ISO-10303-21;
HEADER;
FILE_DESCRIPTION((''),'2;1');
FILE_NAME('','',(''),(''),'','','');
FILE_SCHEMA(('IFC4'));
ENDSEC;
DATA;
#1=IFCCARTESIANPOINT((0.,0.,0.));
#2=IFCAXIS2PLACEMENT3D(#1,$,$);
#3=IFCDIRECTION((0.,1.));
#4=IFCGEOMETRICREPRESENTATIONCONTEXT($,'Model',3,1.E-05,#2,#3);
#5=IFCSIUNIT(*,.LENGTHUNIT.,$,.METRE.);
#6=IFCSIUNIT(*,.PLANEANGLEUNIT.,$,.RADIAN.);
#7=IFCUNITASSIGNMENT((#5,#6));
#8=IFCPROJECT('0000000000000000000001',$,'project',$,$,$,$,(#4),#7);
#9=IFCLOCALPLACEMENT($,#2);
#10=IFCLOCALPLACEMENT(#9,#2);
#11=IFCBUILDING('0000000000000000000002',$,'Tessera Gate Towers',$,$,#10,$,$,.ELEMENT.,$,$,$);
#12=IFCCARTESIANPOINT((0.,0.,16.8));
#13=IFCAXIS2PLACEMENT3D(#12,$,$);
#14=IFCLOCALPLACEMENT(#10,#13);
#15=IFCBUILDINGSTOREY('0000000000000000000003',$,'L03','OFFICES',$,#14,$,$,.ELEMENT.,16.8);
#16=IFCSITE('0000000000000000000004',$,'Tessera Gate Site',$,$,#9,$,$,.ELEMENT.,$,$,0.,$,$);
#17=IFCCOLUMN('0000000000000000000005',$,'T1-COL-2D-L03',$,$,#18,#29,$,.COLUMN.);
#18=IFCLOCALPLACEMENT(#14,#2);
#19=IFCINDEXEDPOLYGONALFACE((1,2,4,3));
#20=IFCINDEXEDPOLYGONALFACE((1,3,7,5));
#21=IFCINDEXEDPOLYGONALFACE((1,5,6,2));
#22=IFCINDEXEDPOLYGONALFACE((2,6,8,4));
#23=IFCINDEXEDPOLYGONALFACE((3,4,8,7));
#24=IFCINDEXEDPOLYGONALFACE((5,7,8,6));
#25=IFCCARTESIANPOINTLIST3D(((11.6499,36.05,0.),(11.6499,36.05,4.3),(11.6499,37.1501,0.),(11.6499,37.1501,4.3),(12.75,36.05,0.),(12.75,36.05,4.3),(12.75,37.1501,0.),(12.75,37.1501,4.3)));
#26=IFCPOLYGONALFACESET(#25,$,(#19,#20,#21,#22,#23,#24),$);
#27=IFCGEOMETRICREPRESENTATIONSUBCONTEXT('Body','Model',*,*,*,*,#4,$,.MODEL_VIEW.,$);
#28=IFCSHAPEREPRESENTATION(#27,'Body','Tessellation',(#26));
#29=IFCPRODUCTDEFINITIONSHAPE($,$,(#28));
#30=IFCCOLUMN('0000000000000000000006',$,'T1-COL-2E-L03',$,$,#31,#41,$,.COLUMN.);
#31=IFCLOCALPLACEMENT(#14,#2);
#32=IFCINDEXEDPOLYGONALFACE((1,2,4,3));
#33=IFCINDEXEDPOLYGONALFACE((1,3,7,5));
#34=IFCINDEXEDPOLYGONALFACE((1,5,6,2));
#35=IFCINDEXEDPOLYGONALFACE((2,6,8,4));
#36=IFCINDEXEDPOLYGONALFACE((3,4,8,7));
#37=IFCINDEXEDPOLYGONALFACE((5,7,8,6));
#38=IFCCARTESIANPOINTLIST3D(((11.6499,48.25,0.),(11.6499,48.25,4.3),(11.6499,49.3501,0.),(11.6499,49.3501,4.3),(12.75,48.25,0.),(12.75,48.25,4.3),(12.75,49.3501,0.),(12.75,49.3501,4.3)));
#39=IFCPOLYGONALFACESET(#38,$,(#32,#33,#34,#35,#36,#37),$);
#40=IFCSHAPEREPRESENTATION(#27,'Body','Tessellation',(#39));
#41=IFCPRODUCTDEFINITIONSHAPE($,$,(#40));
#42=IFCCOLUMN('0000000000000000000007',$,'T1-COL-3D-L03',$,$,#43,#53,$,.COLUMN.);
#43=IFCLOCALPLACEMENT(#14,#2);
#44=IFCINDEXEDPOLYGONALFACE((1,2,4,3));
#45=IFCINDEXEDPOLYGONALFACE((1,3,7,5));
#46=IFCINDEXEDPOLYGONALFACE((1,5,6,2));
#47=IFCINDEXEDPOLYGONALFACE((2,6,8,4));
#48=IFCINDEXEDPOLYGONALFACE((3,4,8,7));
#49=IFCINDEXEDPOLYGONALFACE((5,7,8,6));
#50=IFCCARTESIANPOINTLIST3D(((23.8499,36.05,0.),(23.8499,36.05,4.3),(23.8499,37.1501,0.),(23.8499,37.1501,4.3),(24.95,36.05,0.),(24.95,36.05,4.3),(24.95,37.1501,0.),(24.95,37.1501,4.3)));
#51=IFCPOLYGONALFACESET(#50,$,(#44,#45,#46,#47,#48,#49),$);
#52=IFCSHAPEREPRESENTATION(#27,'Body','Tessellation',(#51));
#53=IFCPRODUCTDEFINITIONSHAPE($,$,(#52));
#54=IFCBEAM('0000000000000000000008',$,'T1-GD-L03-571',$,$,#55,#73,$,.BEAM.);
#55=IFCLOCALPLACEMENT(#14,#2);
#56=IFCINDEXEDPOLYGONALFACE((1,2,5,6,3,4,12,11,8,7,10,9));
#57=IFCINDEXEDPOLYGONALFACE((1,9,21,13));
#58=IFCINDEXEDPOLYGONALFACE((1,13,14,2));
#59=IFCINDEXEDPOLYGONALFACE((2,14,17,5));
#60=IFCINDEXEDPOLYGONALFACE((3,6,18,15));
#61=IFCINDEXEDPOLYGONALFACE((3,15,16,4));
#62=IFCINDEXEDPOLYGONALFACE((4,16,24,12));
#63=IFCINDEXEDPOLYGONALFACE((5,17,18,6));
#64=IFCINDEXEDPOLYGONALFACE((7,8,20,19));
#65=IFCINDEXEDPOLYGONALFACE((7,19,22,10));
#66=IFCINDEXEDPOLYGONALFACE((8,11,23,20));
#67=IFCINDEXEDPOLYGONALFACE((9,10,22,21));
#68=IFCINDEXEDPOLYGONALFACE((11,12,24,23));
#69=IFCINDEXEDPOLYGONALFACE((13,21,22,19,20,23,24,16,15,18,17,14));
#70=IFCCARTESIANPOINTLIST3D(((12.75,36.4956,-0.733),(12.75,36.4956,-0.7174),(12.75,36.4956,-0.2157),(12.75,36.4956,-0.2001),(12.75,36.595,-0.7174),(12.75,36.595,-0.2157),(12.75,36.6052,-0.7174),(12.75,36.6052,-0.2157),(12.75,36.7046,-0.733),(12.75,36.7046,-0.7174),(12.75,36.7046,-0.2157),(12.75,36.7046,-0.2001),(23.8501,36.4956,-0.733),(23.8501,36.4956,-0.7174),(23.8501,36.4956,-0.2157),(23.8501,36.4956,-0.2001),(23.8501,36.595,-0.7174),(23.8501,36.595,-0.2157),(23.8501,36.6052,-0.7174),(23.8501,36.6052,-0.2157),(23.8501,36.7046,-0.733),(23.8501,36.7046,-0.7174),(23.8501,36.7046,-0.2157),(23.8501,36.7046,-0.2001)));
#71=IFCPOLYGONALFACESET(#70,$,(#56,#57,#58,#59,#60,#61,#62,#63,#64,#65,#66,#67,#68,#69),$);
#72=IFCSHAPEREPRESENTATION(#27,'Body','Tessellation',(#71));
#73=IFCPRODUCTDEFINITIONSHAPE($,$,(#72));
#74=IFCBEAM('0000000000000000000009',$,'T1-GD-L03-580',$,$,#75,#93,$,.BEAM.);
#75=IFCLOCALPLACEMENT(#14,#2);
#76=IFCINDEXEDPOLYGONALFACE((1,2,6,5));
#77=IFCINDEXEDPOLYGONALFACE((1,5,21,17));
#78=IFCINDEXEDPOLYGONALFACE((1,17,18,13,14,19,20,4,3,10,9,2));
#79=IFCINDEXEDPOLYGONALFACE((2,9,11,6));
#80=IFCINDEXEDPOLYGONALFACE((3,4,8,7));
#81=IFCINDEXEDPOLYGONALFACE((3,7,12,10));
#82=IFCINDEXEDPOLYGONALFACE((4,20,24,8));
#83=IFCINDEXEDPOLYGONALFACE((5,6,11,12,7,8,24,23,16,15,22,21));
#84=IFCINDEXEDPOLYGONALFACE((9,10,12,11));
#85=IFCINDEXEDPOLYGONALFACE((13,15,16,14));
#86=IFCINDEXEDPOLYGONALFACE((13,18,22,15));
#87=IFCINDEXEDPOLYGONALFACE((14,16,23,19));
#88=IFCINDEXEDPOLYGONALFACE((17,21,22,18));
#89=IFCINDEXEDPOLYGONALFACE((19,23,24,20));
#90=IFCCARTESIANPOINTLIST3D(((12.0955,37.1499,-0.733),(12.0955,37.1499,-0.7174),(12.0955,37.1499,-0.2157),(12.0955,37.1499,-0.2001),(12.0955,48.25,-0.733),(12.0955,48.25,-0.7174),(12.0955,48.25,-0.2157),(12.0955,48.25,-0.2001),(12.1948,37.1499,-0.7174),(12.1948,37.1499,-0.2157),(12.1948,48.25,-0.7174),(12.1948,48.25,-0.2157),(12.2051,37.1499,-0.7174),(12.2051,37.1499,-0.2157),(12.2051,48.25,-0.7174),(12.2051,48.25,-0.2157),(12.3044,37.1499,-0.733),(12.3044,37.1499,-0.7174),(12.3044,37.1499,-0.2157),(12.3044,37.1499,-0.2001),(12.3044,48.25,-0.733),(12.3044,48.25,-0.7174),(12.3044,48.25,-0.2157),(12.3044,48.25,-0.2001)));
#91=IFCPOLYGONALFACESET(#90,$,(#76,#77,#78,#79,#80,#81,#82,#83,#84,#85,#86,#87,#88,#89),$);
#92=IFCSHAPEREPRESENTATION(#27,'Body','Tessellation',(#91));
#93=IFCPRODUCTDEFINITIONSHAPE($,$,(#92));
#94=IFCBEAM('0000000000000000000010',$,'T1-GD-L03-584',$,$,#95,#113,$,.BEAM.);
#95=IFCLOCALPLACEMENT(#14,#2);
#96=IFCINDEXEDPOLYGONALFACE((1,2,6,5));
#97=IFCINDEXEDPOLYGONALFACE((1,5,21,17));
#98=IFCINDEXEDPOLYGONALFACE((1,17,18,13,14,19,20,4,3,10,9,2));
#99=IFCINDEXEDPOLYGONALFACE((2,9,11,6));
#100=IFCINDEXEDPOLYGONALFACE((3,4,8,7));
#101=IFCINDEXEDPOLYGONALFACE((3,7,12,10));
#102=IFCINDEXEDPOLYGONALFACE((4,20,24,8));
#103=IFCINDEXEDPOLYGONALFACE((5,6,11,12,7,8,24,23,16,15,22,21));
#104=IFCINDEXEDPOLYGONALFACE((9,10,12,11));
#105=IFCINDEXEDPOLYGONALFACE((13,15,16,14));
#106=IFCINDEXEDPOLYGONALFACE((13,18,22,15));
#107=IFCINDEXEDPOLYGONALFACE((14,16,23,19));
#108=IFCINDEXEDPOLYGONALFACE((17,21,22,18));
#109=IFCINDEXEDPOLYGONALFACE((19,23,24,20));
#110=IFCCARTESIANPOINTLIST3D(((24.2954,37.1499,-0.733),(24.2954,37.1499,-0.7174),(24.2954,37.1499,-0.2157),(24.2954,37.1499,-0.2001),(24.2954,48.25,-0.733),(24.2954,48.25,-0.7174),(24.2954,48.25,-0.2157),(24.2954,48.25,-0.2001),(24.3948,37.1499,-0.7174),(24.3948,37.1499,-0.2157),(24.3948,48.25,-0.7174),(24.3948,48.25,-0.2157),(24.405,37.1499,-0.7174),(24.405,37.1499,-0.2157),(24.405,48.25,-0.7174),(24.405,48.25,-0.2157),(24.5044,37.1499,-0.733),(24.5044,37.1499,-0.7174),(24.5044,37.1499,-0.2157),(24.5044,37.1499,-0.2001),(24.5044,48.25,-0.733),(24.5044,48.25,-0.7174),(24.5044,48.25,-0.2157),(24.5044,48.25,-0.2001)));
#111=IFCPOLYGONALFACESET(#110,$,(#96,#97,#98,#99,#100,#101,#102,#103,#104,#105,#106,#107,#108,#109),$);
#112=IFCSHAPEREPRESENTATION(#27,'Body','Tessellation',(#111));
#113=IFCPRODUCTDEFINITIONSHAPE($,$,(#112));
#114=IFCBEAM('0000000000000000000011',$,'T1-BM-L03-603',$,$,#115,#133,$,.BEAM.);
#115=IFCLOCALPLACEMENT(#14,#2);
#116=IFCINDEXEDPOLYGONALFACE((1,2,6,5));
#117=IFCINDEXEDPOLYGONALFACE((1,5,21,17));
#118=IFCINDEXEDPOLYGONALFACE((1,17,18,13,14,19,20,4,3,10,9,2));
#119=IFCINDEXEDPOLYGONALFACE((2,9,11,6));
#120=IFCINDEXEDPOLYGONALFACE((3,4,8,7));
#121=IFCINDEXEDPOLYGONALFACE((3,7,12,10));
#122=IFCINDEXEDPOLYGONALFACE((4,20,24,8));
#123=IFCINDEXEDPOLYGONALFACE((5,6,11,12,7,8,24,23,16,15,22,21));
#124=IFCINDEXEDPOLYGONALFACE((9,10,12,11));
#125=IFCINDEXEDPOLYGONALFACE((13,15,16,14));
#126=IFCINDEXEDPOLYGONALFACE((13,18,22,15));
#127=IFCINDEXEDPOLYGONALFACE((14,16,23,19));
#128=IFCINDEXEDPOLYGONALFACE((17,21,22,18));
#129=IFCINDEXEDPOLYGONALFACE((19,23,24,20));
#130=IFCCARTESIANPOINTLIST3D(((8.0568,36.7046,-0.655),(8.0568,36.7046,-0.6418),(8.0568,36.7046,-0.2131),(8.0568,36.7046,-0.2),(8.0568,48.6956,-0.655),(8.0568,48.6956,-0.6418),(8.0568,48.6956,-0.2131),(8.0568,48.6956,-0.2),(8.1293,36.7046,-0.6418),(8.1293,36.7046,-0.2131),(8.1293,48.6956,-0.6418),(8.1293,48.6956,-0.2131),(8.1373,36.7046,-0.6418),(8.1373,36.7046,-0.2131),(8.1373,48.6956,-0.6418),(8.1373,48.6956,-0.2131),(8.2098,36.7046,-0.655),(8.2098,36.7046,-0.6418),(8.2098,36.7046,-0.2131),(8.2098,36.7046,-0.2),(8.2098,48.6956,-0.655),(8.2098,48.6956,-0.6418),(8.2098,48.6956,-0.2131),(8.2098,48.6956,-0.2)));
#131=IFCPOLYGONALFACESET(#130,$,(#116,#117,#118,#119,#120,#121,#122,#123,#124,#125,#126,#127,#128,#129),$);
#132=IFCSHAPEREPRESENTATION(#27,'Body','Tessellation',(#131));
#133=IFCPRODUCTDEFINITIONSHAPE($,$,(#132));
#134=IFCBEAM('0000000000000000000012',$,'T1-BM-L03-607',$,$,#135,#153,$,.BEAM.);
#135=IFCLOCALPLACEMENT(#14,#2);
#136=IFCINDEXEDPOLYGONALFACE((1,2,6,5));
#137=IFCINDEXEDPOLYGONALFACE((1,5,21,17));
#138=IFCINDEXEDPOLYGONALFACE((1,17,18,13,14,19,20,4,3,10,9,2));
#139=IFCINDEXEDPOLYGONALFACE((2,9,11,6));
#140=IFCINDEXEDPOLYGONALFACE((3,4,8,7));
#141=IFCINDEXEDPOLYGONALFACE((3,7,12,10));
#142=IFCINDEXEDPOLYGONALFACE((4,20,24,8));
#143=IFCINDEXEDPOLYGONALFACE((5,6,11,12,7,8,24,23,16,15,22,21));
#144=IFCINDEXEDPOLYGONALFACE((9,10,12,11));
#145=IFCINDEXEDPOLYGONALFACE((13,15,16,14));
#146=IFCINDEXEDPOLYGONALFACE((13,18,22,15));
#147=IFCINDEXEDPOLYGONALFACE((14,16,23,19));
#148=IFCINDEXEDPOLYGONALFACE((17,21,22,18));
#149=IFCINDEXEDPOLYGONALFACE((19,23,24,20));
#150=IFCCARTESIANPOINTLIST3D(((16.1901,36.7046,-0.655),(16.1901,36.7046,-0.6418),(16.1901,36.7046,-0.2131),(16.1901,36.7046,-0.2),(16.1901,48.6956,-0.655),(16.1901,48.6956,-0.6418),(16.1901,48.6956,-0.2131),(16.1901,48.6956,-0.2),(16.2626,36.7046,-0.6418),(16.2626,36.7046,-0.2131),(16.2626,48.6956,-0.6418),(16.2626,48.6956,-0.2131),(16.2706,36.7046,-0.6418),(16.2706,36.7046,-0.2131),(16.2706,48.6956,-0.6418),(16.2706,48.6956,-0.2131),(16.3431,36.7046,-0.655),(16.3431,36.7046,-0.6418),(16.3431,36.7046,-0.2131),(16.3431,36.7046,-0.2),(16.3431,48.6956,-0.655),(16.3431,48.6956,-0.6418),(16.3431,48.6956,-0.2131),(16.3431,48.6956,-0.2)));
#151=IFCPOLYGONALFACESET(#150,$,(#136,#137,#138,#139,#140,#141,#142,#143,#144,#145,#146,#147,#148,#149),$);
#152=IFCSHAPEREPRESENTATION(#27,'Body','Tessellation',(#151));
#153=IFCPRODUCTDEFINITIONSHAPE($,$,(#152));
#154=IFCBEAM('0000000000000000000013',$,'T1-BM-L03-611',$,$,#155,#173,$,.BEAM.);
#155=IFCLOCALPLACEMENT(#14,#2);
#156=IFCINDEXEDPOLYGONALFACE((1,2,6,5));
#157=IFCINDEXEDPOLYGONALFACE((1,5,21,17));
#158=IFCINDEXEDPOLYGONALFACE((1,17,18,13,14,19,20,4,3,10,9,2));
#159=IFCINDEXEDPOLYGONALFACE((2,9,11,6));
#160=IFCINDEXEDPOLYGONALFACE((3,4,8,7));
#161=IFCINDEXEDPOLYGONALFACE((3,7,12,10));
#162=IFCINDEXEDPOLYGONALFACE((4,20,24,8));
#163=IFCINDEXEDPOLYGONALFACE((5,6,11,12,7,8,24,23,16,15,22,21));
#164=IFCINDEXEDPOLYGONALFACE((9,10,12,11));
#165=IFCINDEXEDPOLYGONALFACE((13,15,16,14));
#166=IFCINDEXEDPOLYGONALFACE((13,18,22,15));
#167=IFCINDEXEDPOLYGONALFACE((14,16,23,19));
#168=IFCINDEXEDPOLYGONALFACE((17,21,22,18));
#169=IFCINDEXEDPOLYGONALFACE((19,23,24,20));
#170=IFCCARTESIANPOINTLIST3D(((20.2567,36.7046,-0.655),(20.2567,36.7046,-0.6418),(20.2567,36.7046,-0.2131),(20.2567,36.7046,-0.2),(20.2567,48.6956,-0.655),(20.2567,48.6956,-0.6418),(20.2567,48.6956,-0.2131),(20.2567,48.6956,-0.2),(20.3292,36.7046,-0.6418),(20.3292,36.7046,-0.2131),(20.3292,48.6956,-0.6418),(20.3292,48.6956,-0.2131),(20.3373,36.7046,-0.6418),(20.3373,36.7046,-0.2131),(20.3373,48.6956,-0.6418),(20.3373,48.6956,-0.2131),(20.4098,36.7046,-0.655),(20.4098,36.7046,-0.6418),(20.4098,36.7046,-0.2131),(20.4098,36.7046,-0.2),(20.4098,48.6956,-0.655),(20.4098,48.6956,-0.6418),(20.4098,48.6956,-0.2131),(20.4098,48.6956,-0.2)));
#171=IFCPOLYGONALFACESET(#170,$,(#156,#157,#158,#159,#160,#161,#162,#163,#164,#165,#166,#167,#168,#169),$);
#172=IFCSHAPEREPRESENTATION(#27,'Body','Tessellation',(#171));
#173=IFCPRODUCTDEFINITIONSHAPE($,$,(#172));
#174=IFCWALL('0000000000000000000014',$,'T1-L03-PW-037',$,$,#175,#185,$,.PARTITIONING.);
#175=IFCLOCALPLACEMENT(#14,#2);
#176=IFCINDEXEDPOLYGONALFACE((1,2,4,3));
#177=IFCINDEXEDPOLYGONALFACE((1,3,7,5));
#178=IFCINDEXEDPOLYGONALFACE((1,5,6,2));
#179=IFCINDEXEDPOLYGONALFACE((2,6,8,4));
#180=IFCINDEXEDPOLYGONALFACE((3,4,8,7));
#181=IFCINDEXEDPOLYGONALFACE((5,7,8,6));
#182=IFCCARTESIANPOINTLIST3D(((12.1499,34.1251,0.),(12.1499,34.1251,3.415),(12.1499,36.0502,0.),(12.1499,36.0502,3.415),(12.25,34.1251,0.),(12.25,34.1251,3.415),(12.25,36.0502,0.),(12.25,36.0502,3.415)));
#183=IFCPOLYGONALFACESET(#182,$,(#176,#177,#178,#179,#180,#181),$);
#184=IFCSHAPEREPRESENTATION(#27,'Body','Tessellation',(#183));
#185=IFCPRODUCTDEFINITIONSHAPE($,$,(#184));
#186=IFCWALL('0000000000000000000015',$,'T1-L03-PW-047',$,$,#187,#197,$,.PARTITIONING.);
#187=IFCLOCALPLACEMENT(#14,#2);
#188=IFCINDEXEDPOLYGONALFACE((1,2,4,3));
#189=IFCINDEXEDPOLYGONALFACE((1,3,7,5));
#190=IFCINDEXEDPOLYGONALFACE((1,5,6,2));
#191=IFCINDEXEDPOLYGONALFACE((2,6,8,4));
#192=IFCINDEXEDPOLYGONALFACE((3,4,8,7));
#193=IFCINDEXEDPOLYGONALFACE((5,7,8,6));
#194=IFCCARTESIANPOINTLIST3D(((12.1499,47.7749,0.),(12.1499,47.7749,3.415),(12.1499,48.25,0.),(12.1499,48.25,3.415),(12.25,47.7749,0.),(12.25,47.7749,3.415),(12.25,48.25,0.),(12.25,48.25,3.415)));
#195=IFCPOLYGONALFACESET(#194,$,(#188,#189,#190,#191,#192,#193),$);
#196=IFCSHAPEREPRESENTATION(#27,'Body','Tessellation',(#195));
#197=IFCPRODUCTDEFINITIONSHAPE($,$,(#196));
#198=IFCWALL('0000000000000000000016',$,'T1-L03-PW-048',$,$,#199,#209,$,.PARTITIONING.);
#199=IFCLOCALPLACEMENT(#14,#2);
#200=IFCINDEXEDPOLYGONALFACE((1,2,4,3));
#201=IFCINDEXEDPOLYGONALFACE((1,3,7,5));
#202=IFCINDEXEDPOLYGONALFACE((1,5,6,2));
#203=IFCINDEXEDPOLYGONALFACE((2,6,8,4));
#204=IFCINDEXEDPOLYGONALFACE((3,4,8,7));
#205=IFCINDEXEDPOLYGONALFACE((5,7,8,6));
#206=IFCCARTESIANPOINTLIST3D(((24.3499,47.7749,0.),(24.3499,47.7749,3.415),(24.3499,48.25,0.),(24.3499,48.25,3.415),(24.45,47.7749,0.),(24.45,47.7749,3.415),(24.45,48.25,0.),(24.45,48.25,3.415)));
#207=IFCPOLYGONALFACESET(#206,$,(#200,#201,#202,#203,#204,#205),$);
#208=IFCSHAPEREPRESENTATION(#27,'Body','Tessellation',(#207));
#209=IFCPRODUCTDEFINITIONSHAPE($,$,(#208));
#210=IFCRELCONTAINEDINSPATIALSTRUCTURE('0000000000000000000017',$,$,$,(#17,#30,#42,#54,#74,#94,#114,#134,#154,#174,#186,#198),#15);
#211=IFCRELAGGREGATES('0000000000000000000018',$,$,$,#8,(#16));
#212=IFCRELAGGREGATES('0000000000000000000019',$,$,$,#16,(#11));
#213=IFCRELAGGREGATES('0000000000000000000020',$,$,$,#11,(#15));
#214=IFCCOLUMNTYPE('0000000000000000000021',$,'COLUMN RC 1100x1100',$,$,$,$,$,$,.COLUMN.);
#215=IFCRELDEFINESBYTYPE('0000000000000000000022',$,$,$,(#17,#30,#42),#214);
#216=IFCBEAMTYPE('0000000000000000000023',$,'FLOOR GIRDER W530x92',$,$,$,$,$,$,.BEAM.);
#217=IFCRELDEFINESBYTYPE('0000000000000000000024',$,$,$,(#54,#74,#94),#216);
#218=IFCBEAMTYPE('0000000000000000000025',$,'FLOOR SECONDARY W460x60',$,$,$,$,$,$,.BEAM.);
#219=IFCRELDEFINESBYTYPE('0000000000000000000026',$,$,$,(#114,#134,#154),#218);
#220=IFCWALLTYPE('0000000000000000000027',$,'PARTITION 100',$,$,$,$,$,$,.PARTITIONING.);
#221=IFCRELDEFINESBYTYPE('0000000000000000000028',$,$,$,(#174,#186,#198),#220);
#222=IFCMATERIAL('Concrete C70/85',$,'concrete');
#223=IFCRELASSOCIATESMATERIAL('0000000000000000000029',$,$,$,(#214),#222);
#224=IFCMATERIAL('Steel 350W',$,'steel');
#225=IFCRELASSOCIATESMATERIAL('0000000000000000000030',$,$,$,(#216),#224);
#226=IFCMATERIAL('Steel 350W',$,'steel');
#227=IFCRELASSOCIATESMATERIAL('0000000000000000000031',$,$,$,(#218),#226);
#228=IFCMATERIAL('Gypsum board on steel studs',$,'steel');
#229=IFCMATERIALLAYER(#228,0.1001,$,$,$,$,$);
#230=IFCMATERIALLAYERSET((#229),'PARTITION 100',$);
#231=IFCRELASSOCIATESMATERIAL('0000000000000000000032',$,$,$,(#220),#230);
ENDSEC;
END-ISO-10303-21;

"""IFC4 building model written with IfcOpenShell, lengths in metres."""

from ifc_helpers import new_model, si_unit, direction, frame, frame_2d, origin, origin_2d, place, context, subcontext, project, spatial, rectangle, i_section, extrude, material, layer, layer_set, material_profile, profile_set, type_object, element, save


model = new_model("IFC4")

# Units and contexts
model_context = context("Model", 3, precision=1e-05, world=origin(), true_north=direction((0.0, 1.0)))
body_context = subcontext(model_context, "Body", "Model", "MODEL_VIEW")
ifc_project = project(units=[si_unit("LENGTHUNIT", "METRE"), si_unit("PLANEANGLEUNIT", "RADIAN")], contexts=[model_context])

# Site, building, storey
site_placement = place(None, origin())
site = spatial("IfcSite", under=ifc_project, at=site_placement, Name="Tessera Gate Site", CompositionType="ELEMENT", RefElevation=0.0)
building_placement = place(site_placement, origin())
building = spatial("IfcBuilding", under=site, at=building_placement, Name="Tessera Gate Towers", CompositionType="ELEMENT")
storey_placement = place(building_placement, frame((0.0, 0.0, 16.8)))
storey = spatial("IfcBuildingStorey", under=building, at=storey_placement, Name="L03", Description="OFFICES", CompositionType="ELEMENT", Elevation=16.8)

# Columns
ifc_material_1 = material(Name="Concrete C70/85", Category="concrete")
ifc_material_profile_1 = material_profile(ifc_material_1, rectangle(XDim=1.1001, YDim=1.1001, at=origin_2d()), Name="RC 1100x1100")
ifc_profile_set_1 = profile_set([ifc_material_profile_1], Name="Concrete C70/85")
column_type = type_object("IfcColumnType", Name="COLUMN RC 1100x1100", PredefinedType="COLUMN", material=ifc_profile_set_1)
for number, where, z_axis, x_axis, name in (
    (1, (12.2, 36.6001, 0.0), (0.0, 0.0, 1.0), (1.0, 0.0, 0.0), "T1-COL-2D-L03"),
    (2, (12.2, 48.8, 0.0), (0.0, 0.0, 1.0), (1.0, 0.0, 0.0), "T1-COL-2E-L03"),
    (3, (24.3999, 36.6001, 0.0), (0.0, 0.0, 1.0), (1.0, 0.0, 0.0), "T1-COL-3D-L03"),
):
    element("IfcColumn", number, at=place(storey_placement, frame(where, z_axis=z_axis, x_axis=x_axis)), inside=storey, type_object=column_type, Name=name, PredefinedType="COLUMN", context=body_context, shape_type="SweptSolid", body=[
        extrude(rectangle(XDim=1.1001, YDim=1.1001, at=origin_2d()), origin(), (0.0, 0.0, 1.0), 4.3),
    ])

# Beams
ifc_material_2 = material(Name="Steel 350W", Category="steel")
ifc_material_profile_2 = material_profile(ifc_material_2, i_section(OverallWidth=0.209, OverallDepth=0.533, WebThickness=0.0103, FlangeThickness=0.0156, at=origin_2d()), Name="W530x92")
ifc_profile_set_2 = profile_set([ifc_material_profile_2], Name="Steel 350W")
beam_type_1 = type_object("IfcBeamType", Name="FLOOR GIRDER W530x92", PredefinedType="BEAM", material=ifc_profile_set_2)
for number, where, z_axis, x_axis, name in (
    (4, (12.75, 36.6001, -0.4666), (1.0, 0.0, 0.0), (0.0, 1.0, 0.0), "T1-GD-L03-571"),
    (5, (12.2, 37.1499, -0.4666), (0.0, 1.0, 0.0), (-1.0, 0.0, 0.0), "T1-GD-L03-580"),
    (6, (24.3999, 37.1499, -0.4666), (0.0, 1.0, 0.0), (-1.0, 0.0, 0.0), "T1-GD-L03-584"),
):
    element("IfcBeam", number, at=place(storey_placement, frame(where, z_axis=z_axis, x_axis=x_axis)), inside=storey, type_object=beam_type_1, Name=name, PredefinedType="BEAM", context=body_context, shape_type="SweptSolid", body=[
        extrude(i_section(OverallWidth=0.209, OverallDepth=0.533, WebThickness=0.0103, FlangeThickness=0.0156, at=origin_2d()), origin(), (0.0, 0.0, 1.0), 11.1001),
    ])
ifc_material_3 = material(Name="Steel 350W", Category="steel")
ifc_material_profile_3 = material_profile(ifc_material_3, i_section(OverallWidth=0.1531, OverallDepth=0.4551, WebThickness=0.0081, FlangeThickness=0.0132, at=origin_2d()), Name="W460x60")
ifc_profile_set_3 = profile_set([ifc_material_profile_3], Name="Steel 350W")
beam_type_2 = type_object("IfcBeamType", Name="FLOOR SECONDARY W460x60", PredefinedType="BEAM", material=ifc_profile_set_3)
for number, where, z_axis, x_axis, name in (
    (7, (8.1333, 36.7046, -0.4275), (0.0, 1.0, 0.0), (-1.0, 0.0, 0.0), "T1-BM-L03-603"),
    (8, (16.2666, 36.7046, -0.4275), (0.0, 1.0, 0.0), (-1.0, 0.0, 0.0), "T1-BM-L03-607"),
    (9, (20.3333, 36.7046, -0.4275), (0.0, 1.0, 0.0), (-1.0, 0.0, 0.0), "T1-BM-L03-611"),
):
    element("IfcBeam", number, at=place(storey_placement, frame(where, z_axis=z_axis, x_axis=x_axis)), inside=storey, type_object=beam_type_2, Name=name, PredefinedType="BEAM", context=body_context, shape_type="SweptSolid", body=[
        extrude(i_section(OverallWidth=0.1531, OverallDepth=0.4551, WebThickness=0.0081, FlangeThickness=0.0132, at=origin_2d()), origin(), (0.0, 0.0, 1.0), 11.991),
    ])

# Walls
ifc_material_4 = material(Name="Gypsum board on steel studs", Category="steel")
ifc_layer_1 = layer(ifc_material_4, 0.1001)
ifc_layer_set_1 = layer_set([ifc_layer_1], Name="PARTITION 100")
wall_type_1 = type_object("IfcWallType", Name="PARTITION 100", PredefinedType="PARTITIONING", material=ifc_layer_set_1)
wall_1_placement = place(storey_placement, frame((12.2, 36.05, 0.0), z_axis=(0.0, 0.0, 1.0), x_axis=(0.0, -1.0, 0.0)))
element("IfcWall", 10, at=wall_1_placement, inside=storey, type_object=wall_type_1, Name="T1-L03-PW-037", PredefinedType="PARTITIONING", context=body_context, shape_type="SweptSolid", body=[
    extrude(rectangle(XDim=1.925, YDim=0.1001, at=frame_2d((0.9624, 0.0))), origin(), (0.0, 0.0, 1.0), 3.415),
])
for number, where, z_axis, x_axis, name in (
    (11, (12.2, 48.25, 0.0), (0.0, 0.0, 1.0), (0.0, -1.0, 0.0), "T1-L03-PW-047"),
    (12, (24.3999, 48.25, 0.0), (0.0, 0.0, 1.0), (0.0, -1.0, 0.0), "T1-L03-PW-048"),
):
    element("IfcWall", number, at=place(storey_placement, frame(where, z_axis=z_axis, x_axis=x_axis)), inside=storey, type_object=wall_type_1, Name=name, PredefinedType="PARTITIONING", context=body_context, shape_type="SweptSolid", body=[
        extrude(rectangle(XDim=0.4751, YDim=0.1001, at=frame_2d((0.2375, 0.0))), origin(), (0.0, 0.0, 1.0), 3.415),
    ])

save(model, "model.ifc")
